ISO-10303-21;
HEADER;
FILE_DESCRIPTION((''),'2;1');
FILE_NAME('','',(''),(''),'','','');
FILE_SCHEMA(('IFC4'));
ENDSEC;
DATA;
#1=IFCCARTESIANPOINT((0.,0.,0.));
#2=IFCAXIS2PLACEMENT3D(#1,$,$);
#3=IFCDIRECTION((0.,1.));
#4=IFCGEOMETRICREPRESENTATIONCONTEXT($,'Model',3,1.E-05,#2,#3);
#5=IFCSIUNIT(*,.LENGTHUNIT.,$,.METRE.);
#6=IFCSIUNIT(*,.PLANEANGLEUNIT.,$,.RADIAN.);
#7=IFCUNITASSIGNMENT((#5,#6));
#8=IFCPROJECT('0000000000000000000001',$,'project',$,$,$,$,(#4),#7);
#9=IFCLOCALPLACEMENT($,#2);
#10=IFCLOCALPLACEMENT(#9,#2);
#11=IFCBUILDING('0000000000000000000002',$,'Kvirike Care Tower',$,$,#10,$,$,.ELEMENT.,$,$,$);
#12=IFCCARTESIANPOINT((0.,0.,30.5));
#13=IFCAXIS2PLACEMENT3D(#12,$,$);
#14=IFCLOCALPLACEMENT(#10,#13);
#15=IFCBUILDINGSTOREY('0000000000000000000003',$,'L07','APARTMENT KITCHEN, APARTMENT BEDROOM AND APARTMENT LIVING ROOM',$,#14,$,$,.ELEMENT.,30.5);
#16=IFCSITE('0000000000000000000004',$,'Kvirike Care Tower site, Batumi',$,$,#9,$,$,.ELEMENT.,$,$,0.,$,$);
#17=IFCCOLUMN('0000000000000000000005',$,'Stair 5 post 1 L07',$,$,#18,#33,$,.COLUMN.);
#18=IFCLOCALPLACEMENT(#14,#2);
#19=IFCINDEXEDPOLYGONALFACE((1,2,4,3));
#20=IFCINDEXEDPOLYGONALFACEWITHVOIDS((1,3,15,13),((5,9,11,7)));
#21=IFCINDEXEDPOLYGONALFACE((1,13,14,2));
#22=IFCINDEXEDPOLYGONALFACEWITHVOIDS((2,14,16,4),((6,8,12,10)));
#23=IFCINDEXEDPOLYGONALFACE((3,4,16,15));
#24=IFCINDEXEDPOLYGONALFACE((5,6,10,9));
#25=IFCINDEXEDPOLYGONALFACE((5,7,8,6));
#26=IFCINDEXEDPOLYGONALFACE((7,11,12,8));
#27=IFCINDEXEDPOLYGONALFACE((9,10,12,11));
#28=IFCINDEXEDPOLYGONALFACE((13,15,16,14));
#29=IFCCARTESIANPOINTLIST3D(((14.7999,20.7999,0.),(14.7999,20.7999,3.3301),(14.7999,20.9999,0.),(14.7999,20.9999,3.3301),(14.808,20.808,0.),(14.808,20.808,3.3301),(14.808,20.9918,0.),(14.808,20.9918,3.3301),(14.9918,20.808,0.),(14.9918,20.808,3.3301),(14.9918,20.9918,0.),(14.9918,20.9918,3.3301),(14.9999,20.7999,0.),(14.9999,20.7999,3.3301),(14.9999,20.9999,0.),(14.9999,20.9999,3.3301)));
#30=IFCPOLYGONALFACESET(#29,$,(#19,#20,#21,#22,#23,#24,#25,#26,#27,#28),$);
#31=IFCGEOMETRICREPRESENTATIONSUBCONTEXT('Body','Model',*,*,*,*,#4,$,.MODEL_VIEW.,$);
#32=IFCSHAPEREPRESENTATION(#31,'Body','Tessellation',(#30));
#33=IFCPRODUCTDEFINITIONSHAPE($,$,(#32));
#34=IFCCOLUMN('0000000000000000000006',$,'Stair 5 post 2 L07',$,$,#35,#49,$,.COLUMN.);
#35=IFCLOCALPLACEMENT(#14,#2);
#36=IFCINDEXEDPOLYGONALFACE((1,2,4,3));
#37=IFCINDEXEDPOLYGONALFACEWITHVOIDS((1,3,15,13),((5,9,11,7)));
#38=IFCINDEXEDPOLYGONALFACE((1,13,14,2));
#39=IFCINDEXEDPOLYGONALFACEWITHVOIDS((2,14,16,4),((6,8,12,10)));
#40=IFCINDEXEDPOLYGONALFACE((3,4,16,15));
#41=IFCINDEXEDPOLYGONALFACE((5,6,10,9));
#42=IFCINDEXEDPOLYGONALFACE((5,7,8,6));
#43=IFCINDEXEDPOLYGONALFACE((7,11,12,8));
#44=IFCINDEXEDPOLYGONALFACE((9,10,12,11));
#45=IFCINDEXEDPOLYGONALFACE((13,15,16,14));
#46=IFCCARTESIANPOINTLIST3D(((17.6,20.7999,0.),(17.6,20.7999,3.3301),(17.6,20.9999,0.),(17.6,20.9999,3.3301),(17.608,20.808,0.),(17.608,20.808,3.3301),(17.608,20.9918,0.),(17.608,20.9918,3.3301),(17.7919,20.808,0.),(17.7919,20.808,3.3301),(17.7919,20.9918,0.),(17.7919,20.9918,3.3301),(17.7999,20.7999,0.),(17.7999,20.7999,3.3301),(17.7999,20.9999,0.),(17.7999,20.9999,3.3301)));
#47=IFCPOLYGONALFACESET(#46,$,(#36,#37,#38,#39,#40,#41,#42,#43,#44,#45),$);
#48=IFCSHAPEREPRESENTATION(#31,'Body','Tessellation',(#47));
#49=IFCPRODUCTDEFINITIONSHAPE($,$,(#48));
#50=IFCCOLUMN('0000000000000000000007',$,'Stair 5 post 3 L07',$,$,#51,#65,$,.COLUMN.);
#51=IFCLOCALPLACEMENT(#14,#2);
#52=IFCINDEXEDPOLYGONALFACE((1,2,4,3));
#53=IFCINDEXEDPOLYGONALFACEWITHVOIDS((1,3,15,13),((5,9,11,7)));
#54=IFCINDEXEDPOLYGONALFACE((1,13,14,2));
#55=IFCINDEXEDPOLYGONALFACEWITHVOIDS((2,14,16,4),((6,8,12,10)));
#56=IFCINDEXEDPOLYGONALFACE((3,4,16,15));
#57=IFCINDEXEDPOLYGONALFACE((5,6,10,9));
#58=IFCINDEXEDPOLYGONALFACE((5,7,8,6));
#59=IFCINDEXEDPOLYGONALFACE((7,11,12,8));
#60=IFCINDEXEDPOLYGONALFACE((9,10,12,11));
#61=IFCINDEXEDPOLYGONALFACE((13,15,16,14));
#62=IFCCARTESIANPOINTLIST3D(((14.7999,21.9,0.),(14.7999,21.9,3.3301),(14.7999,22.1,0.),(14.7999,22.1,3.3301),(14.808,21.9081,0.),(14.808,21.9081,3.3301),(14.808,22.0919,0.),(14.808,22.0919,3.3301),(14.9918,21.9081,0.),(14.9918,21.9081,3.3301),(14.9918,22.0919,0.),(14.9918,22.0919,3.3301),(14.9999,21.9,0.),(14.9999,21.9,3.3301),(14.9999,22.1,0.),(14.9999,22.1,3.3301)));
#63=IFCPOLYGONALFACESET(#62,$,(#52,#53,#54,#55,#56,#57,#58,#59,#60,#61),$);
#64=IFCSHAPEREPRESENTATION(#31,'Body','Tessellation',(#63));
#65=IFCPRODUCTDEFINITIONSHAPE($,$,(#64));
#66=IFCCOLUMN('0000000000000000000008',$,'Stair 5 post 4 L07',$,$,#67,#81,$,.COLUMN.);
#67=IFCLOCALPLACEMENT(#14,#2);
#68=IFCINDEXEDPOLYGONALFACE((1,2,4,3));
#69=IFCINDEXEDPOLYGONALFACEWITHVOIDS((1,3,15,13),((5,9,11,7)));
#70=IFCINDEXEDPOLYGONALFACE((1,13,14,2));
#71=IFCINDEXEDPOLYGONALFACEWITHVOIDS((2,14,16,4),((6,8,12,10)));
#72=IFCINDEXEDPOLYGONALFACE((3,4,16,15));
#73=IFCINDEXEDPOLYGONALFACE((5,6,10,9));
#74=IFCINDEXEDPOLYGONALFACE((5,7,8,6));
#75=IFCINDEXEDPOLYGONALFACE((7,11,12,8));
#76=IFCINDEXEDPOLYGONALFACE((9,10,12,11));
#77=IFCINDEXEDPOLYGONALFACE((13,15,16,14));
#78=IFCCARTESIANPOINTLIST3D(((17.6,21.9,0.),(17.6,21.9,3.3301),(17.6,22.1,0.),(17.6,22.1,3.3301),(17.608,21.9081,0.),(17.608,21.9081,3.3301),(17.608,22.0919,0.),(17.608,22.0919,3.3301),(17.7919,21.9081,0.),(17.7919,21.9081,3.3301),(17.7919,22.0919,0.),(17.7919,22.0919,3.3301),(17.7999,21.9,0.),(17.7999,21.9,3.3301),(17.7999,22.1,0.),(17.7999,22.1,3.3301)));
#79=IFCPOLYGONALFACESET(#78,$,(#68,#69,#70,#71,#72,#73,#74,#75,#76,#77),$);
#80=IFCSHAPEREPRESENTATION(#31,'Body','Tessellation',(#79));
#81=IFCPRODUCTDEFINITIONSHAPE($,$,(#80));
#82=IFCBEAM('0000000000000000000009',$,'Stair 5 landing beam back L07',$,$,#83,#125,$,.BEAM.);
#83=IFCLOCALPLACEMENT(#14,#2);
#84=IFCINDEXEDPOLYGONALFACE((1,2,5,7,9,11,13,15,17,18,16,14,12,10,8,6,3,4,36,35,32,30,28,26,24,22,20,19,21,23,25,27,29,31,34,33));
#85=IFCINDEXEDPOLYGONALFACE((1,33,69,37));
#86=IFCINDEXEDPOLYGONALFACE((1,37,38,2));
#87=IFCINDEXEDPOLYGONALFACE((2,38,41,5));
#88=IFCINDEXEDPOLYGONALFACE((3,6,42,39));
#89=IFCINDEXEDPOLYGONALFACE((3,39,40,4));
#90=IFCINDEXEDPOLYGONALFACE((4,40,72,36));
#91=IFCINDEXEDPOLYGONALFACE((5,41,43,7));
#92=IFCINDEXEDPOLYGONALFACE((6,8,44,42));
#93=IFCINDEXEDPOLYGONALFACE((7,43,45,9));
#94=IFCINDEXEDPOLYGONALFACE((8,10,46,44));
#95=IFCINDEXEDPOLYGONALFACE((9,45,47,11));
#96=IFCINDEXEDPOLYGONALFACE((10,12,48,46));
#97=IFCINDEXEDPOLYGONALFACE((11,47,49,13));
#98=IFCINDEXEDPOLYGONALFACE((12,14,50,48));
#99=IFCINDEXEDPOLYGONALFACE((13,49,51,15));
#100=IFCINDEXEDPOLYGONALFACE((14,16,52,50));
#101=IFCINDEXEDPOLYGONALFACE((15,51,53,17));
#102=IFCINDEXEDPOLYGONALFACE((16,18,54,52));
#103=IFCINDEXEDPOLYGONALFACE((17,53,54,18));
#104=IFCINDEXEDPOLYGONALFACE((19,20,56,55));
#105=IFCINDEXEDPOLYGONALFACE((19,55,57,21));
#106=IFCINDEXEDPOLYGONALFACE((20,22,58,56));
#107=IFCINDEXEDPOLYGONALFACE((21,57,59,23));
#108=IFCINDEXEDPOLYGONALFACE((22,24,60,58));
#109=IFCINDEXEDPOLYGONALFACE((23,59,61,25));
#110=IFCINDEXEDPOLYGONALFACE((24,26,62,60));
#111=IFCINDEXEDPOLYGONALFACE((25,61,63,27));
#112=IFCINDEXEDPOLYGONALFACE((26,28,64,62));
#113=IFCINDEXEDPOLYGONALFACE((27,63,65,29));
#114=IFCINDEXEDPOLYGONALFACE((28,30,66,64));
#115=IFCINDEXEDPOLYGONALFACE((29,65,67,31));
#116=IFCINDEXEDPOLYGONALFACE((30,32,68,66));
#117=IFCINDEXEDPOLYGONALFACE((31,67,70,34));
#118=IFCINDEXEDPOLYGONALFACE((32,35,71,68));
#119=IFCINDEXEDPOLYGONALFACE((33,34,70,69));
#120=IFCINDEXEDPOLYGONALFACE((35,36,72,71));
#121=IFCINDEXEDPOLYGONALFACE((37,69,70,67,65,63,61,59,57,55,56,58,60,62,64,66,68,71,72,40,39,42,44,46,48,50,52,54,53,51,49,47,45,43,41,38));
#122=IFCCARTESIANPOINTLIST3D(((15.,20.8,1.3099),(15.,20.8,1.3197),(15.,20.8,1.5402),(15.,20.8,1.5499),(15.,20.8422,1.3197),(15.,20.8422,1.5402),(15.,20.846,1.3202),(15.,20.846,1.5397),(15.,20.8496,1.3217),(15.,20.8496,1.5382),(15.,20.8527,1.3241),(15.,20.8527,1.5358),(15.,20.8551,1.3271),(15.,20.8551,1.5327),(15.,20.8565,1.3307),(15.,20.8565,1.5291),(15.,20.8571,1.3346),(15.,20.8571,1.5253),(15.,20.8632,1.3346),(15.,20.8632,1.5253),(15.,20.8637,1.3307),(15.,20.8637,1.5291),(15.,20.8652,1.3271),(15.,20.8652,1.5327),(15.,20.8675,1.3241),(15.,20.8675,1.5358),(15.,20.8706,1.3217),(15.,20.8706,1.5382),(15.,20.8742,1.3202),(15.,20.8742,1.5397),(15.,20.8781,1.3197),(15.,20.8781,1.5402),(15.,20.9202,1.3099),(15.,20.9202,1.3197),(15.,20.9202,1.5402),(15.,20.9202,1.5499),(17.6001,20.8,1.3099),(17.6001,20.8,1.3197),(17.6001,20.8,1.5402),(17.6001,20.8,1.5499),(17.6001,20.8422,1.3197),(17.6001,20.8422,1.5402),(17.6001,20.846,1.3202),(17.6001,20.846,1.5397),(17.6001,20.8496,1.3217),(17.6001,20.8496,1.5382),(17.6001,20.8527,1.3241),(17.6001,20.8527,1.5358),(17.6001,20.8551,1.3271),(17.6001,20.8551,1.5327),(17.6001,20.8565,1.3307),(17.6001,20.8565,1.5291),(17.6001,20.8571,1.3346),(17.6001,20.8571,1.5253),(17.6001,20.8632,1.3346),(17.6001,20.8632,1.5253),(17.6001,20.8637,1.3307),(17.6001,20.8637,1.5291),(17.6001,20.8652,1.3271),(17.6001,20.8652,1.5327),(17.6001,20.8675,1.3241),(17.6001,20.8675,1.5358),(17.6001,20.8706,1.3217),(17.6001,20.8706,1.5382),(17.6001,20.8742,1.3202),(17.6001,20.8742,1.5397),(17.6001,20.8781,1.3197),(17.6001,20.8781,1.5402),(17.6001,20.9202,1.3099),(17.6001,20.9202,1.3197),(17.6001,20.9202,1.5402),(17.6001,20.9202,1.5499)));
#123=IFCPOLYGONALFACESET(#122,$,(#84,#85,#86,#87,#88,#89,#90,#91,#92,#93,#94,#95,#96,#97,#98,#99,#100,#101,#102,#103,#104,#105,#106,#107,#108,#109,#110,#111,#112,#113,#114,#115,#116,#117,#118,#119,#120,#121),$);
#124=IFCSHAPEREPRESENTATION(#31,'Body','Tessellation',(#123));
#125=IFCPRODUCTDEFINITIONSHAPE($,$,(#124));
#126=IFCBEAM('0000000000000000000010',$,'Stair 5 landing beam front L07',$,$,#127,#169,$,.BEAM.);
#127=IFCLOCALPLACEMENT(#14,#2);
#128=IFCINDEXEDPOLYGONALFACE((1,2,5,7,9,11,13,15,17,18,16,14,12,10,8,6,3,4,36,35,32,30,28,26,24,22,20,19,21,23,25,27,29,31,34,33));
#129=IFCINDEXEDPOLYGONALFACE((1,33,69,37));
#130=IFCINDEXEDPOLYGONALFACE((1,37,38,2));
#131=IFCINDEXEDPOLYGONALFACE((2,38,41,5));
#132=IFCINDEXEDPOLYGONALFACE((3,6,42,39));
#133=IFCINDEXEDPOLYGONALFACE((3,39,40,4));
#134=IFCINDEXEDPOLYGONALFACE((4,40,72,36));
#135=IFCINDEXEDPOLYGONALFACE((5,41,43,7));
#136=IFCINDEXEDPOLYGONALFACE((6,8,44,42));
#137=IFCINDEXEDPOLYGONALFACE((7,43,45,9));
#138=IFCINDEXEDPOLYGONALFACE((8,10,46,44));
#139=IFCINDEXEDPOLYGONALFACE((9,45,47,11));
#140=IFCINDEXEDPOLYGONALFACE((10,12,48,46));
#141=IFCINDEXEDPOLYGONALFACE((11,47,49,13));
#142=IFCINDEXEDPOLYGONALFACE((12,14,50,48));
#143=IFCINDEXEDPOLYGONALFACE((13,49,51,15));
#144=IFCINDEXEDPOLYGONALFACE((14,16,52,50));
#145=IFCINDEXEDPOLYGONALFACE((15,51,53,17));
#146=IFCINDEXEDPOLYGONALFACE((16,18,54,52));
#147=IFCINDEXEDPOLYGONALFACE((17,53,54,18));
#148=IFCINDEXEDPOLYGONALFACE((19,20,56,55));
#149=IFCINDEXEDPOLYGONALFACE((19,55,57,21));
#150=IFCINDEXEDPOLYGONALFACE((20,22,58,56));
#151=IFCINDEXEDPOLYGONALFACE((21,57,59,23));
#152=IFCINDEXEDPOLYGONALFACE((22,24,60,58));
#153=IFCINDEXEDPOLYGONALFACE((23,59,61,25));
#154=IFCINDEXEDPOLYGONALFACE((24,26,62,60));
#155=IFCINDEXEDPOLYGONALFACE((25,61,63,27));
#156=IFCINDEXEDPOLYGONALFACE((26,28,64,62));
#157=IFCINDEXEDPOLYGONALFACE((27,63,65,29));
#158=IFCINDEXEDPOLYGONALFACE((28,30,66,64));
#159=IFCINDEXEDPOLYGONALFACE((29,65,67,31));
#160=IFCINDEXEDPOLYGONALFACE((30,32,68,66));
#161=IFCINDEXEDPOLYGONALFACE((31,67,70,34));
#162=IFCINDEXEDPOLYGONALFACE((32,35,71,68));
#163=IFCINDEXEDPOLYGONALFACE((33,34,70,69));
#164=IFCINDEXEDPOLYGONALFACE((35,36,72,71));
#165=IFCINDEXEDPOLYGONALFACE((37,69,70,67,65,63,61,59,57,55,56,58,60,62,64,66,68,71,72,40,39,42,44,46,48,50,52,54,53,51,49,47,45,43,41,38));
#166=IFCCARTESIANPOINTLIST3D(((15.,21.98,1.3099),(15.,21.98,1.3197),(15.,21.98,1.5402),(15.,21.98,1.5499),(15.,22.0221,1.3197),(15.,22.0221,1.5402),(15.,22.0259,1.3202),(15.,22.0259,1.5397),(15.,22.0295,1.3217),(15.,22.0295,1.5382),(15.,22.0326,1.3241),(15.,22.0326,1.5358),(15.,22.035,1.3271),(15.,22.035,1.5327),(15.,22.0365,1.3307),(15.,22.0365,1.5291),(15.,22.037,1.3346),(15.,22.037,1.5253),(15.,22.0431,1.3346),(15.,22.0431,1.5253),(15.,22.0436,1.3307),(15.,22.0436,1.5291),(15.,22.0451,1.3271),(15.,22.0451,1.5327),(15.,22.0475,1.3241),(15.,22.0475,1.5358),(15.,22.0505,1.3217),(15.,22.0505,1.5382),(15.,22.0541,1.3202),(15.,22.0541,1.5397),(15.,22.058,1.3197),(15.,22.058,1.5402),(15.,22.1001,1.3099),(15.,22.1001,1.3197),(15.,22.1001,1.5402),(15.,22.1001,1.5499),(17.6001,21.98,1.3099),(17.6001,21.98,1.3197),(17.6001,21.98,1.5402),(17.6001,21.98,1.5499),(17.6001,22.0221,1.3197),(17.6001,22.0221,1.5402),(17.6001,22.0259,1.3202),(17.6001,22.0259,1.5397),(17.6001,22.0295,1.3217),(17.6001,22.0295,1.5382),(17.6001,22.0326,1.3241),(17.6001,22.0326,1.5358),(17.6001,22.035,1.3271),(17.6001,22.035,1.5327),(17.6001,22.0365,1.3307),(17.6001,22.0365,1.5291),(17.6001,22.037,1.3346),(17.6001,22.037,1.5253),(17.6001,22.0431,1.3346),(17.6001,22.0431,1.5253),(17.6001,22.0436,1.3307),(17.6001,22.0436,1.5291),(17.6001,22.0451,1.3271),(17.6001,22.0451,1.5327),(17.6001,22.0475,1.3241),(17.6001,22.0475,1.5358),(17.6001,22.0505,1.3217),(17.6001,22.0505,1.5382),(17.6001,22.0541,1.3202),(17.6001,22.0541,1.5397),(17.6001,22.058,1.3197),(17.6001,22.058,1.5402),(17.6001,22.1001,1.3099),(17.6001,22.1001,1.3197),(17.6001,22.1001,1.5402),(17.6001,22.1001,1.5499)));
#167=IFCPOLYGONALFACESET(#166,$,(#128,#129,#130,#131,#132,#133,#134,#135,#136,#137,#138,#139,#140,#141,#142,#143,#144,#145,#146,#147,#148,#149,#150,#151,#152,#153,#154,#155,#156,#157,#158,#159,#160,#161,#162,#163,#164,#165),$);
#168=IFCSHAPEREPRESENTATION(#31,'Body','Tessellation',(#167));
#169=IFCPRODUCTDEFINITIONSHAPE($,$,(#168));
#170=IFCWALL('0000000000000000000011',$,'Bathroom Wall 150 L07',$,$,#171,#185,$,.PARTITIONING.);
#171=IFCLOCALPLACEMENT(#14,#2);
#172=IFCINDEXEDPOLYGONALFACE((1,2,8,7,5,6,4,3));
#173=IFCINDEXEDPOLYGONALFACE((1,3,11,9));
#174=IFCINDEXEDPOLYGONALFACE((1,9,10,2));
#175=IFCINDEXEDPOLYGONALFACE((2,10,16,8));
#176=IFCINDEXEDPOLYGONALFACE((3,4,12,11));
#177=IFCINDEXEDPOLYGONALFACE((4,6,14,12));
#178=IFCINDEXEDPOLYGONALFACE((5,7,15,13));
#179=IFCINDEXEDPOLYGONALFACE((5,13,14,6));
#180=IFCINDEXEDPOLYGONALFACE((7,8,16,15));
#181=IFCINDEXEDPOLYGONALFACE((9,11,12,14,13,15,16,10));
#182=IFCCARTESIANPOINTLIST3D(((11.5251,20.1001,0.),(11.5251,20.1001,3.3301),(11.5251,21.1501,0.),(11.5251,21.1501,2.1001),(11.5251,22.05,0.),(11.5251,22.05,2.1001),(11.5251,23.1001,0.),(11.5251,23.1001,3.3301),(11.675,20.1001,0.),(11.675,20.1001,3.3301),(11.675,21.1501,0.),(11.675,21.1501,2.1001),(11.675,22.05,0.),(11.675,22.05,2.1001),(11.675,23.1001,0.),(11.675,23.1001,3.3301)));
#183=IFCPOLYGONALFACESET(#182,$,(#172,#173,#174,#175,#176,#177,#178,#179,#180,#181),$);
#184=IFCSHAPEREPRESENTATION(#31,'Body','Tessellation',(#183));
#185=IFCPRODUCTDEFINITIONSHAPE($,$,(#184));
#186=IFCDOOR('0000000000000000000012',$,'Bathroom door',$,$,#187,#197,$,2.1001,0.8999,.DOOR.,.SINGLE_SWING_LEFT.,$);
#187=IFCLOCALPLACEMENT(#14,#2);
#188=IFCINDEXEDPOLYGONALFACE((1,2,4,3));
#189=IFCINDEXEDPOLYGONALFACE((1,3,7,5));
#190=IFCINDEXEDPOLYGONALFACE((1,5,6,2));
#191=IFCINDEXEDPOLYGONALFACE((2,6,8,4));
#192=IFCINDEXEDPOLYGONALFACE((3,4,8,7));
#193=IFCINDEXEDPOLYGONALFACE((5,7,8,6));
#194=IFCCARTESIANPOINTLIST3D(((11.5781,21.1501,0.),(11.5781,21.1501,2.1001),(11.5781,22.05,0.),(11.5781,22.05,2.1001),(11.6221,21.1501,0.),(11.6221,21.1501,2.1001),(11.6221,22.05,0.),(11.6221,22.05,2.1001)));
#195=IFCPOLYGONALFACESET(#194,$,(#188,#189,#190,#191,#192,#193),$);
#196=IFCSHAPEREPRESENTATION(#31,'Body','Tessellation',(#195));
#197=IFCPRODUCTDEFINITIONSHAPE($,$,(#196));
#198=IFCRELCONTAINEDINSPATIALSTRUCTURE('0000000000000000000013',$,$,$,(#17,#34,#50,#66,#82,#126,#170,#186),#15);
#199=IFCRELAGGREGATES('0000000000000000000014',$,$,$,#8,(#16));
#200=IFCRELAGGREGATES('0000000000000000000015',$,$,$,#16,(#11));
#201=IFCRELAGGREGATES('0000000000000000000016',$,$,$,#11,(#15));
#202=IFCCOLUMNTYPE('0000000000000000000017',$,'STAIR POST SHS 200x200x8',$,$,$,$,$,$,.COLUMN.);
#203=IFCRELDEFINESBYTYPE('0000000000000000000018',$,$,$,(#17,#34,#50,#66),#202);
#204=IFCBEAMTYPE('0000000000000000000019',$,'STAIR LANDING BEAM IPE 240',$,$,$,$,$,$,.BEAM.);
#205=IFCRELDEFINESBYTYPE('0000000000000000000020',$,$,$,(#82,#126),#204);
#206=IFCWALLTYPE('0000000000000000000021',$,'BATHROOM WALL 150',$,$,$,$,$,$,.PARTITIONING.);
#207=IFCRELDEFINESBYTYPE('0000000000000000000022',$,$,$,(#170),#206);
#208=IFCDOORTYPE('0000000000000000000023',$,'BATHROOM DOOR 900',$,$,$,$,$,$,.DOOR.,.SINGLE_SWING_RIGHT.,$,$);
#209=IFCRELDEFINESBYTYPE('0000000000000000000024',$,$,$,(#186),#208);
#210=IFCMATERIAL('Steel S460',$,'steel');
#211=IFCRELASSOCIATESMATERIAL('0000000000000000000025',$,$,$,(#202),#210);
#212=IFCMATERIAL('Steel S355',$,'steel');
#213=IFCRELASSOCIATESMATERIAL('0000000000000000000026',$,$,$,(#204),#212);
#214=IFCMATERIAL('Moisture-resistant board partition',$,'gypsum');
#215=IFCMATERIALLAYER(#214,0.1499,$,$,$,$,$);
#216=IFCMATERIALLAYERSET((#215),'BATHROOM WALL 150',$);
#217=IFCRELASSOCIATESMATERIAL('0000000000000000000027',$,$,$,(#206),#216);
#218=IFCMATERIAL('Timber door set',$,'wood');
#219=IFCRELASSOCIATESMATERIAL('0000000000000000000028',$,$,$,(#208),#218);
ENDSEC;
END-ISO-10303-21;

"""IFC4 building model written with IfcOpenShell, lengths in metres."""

from ifc_helpers import new_model, si_unit, direction, frame, frame_2d, origin, origin_2d, place, context, subcontext, project, spatial, rectangle, hollow_rectangle, i_section, extrude, material, layer, layer_set, material_profile, profile_set, type_object, element, fill, save


model = new_model("IFC4")

# Units and contexts
model_context = context("Model", 3, precision=1e-05, world=origin(), true_north=direction((0.0, 1.0)))
body_context = subcontext(model_context, "Body", "Model", "MODEL_VIEW")
ifc_project = project(units=[si_unit("LENGTHUNIT", "METRE"), si_unit("PLANEANGLEUNIT", "RADIAN")], contexts=[model_context])

# Site, building, storey
site_placement = place(None, origin())
site = spatial("IfcSite", under=ifc_project, at=site_placement, Name="Kvirike Care Tower site, Batumi", CompositionType="ELEMENT", RefElevation=0.0)
building_placement = place(site_placement, origin())
building = spatial("IfcBuilding", under=site, at=building_placement, Name="Kvirike Care Tower", CompositionType="ELEMENT")
storey_placement = place(building_placement, frame((0.0, 0.0, 30.5)))
storey = spatial("IfcBuildingStorey", under=building, at=storey_placement, Name="L07", Description="APARTMENT KITCHEN, APARTMENT BEDROOM AND APARTMENT LIVING ROOM", CompositionType="ELEMENT", Elevation=30.5)

# Columns
ifc_material_1 = material(Name="Steel S460", Category="steel")
ifc_material_profile_1 = material_profile(ifc_material_1, hollow_rectangle(XDim=0.2, YDim=0.2, WallThickness=0.0081, at=origin_2d()), Name="SHS 200x200x8")
ifc_profile_set_1 = profile_set([ifc_material_profile_1], Name="Steel S460")
column_type = type_object("IfcColumnType", Name="STAIR POST SHS 200x200x8", PredefinedType="COLUMN", material=ifc_profile_set_1)
for number, where, z_axis, x_axis, name in (
    (1, (14.8999, 20.8999, 0.0), (0.0, 0.0, 1.0), (1.0, 0.0, 0.0), "Stair 5 post 1 L07"),
    (2, (17.7, 20.8999, 0.0), (0.0, 0.0, 1.0), (1.0, 0.0, 0.0), "Stair 5 post 2 L07"),
    (3, (14.8999, 22.0, 0.0), (0.0, 0.0, 1.0), (1.0, 0.0, 0.0), "Stair 5 post 3 L07"),
    (4, (17.7, 22.0, 0.0), (0.0, 0.0, 1.0), (1.0, 0.0, 0.0), "Stair 5 post 4 L07"),
):
    element("IfcColumn", number, at=place(storey_placement, frame(where, z_axis=z_axis, x_axis=x_axis)), inside=storey, type_object=column_type, Name=name, PredefinedType="COLUMN", context=body_context, shape_type="SweptSolid", body=[
        extrude(hollow_rectangle(XDim=0.2, YDim=0.2, WallThickness=0.0081, at=origin_2d()), origin(), (0.0, 0.0, 1.0), 3.3301),
    ])

# Beams
ifc_material_2 = material(Name="Steel S355", Category="steel")
ifc_material_profile_2 = material_profile(ifc_material_2, i_section(OverallWidth=0.1201, OverallDepth=0.24, WebThickness=0.0061, FlangeThickness=0.0098, FilletRadius=0.0149, at=origin_2d()), Name="IPE 240")
ifc_profile_set_2 = profile_set([ifc_material_profile_2], Name="Steel S355")
beam_type = type_object("IfcBeamType", Name="STAIR LANDING BEAM IPE 240", PredefinedType="BEAM", material=ifc_profile_set_2)
for number, where, z_axis, x_axis, name in (
    (5, (15.0, 20.8601, 1.4299), (1.0, 0.0, 0.0), (0.0, 1.0, 0.0), "Stair 5 landing beam back L07"),
    (6, (15.0, 22.04, 1.4299), (1.0, 0.0, 0.0), (0.0, 1.0, 0.0), "Stair 5 landing beam front L07"),
):
    element("IfcBeam", number, at=place(storey_placement, frame(where, z_axis=z_axis, x_axis=x_axis)), inside=storey, type_object=beam_type, Name=name, PredefinedType="BEAM", context=body_context, shape_type="SweptSolid", body=[
        extrude(i_section(OverallWidth=0.1201, OverallDepth=0.24, WebThickness=0.0061, FlangeThickness=0.0098, FilletRadius=0.0149, at=origin_2d()), origin(), (0.0, 0.0, 1.0), 2.6001),
    ])

# Wall, opening, door
ifc_material_3 = material(Name="Moisture-resistant board partition", Category="gypsum")
ifc_layer_1 = layer(ifc_material_3, 0.1499)
ifc_layer_set_1 = layer_set([ifc_layer_1], Name="BATHROOM WALL 150")
wall_type_1 = type_object("IfcWallType", Name="BATHROOM WALL 150", PredefinedType="PARTITIONING", material=ifc_layer_set_1)
wall_1_placement = place(storey_placement, frame((11.6001, 20.1001, 0.0), z_axis=(0.0, 0.0, 1.0), x_axis=(0.0, 1.0, 0.0)))
wall_1 = element("IfcWall", 7, at=wall_1_placement, inside=storey, type_object=wall_type_1, Name="Bathroom Wall 150 L07", PredefinedType="PARTITIONING", context=body_context, shape_type="SweptSolid", body=[
    extrude(rectangle(XDim=3.0, YDim=0.1499, at=frame_2d((1.5, 0.0))), origin(), (0.0, 0.0, 1.0), 3.3301),
])
opening_1_placement = place(wall_1_placement, frame((1.05, 0.0, 0.0)))
opening_1 = element("IfcOpeningElement", 8, at=opening_1_placement, cuts=wall_1, PredefinedType="OPENING", context=body_context, shape_type="SweptSolid", body=[
    extrude(rectangle(XDim=0.8999, YDim=2.1001, at=frame_2d((0.45, 1.05))), frame((0.0, 0.0854, 0.0), z_axis=(0.0, -1.0, 0.0), x_axis=(1.0, 0.0, 0.0)), (0.0, 0.0, 1.0), 0.1709),
])
ifc_material_4 = material(Name="Timber door set", Category="wood")
door_type_1 = type_object("IfcDoorType", Name="BATHROOM DOOR 900", OperationType="SINGLE_SWING_RIGHT", PredefinedType="DOOR", material=ifc_material_4)
door_1_placement = place(opening_1_placement, frame((0.8999, 0.0, 0.0), z_axis=(0.0, 0.0, 1.0), x_axis=(-1.0, 0.0, 0.0)))
door_1 = element("IfcDoor", 9, at=door_1_placement, inside=storey, type_object=door_type_1, Name="Bathroom door", OperationType="SINGLE_SWING_LEFT", OverallHeight=2.1001, OverallWidth=0.8999, PredefinedType="DOOR", context=body_context, shape_type="SweptSolid", body=[
    extrude(rectangle(XDim=0.8999, YDim=2.1001, at=frame_2d((0.45, 1.05))), frame((0.0, 0.022, 0.0), z_axis=(0.0, -1.0, 0.0), x_axis=(1.0, 0.0, 0.0)), (0.0, 0.0, 1.0), 0.0439),
])
fill(opening_1, door_1)

save(model, "model.ifc")
